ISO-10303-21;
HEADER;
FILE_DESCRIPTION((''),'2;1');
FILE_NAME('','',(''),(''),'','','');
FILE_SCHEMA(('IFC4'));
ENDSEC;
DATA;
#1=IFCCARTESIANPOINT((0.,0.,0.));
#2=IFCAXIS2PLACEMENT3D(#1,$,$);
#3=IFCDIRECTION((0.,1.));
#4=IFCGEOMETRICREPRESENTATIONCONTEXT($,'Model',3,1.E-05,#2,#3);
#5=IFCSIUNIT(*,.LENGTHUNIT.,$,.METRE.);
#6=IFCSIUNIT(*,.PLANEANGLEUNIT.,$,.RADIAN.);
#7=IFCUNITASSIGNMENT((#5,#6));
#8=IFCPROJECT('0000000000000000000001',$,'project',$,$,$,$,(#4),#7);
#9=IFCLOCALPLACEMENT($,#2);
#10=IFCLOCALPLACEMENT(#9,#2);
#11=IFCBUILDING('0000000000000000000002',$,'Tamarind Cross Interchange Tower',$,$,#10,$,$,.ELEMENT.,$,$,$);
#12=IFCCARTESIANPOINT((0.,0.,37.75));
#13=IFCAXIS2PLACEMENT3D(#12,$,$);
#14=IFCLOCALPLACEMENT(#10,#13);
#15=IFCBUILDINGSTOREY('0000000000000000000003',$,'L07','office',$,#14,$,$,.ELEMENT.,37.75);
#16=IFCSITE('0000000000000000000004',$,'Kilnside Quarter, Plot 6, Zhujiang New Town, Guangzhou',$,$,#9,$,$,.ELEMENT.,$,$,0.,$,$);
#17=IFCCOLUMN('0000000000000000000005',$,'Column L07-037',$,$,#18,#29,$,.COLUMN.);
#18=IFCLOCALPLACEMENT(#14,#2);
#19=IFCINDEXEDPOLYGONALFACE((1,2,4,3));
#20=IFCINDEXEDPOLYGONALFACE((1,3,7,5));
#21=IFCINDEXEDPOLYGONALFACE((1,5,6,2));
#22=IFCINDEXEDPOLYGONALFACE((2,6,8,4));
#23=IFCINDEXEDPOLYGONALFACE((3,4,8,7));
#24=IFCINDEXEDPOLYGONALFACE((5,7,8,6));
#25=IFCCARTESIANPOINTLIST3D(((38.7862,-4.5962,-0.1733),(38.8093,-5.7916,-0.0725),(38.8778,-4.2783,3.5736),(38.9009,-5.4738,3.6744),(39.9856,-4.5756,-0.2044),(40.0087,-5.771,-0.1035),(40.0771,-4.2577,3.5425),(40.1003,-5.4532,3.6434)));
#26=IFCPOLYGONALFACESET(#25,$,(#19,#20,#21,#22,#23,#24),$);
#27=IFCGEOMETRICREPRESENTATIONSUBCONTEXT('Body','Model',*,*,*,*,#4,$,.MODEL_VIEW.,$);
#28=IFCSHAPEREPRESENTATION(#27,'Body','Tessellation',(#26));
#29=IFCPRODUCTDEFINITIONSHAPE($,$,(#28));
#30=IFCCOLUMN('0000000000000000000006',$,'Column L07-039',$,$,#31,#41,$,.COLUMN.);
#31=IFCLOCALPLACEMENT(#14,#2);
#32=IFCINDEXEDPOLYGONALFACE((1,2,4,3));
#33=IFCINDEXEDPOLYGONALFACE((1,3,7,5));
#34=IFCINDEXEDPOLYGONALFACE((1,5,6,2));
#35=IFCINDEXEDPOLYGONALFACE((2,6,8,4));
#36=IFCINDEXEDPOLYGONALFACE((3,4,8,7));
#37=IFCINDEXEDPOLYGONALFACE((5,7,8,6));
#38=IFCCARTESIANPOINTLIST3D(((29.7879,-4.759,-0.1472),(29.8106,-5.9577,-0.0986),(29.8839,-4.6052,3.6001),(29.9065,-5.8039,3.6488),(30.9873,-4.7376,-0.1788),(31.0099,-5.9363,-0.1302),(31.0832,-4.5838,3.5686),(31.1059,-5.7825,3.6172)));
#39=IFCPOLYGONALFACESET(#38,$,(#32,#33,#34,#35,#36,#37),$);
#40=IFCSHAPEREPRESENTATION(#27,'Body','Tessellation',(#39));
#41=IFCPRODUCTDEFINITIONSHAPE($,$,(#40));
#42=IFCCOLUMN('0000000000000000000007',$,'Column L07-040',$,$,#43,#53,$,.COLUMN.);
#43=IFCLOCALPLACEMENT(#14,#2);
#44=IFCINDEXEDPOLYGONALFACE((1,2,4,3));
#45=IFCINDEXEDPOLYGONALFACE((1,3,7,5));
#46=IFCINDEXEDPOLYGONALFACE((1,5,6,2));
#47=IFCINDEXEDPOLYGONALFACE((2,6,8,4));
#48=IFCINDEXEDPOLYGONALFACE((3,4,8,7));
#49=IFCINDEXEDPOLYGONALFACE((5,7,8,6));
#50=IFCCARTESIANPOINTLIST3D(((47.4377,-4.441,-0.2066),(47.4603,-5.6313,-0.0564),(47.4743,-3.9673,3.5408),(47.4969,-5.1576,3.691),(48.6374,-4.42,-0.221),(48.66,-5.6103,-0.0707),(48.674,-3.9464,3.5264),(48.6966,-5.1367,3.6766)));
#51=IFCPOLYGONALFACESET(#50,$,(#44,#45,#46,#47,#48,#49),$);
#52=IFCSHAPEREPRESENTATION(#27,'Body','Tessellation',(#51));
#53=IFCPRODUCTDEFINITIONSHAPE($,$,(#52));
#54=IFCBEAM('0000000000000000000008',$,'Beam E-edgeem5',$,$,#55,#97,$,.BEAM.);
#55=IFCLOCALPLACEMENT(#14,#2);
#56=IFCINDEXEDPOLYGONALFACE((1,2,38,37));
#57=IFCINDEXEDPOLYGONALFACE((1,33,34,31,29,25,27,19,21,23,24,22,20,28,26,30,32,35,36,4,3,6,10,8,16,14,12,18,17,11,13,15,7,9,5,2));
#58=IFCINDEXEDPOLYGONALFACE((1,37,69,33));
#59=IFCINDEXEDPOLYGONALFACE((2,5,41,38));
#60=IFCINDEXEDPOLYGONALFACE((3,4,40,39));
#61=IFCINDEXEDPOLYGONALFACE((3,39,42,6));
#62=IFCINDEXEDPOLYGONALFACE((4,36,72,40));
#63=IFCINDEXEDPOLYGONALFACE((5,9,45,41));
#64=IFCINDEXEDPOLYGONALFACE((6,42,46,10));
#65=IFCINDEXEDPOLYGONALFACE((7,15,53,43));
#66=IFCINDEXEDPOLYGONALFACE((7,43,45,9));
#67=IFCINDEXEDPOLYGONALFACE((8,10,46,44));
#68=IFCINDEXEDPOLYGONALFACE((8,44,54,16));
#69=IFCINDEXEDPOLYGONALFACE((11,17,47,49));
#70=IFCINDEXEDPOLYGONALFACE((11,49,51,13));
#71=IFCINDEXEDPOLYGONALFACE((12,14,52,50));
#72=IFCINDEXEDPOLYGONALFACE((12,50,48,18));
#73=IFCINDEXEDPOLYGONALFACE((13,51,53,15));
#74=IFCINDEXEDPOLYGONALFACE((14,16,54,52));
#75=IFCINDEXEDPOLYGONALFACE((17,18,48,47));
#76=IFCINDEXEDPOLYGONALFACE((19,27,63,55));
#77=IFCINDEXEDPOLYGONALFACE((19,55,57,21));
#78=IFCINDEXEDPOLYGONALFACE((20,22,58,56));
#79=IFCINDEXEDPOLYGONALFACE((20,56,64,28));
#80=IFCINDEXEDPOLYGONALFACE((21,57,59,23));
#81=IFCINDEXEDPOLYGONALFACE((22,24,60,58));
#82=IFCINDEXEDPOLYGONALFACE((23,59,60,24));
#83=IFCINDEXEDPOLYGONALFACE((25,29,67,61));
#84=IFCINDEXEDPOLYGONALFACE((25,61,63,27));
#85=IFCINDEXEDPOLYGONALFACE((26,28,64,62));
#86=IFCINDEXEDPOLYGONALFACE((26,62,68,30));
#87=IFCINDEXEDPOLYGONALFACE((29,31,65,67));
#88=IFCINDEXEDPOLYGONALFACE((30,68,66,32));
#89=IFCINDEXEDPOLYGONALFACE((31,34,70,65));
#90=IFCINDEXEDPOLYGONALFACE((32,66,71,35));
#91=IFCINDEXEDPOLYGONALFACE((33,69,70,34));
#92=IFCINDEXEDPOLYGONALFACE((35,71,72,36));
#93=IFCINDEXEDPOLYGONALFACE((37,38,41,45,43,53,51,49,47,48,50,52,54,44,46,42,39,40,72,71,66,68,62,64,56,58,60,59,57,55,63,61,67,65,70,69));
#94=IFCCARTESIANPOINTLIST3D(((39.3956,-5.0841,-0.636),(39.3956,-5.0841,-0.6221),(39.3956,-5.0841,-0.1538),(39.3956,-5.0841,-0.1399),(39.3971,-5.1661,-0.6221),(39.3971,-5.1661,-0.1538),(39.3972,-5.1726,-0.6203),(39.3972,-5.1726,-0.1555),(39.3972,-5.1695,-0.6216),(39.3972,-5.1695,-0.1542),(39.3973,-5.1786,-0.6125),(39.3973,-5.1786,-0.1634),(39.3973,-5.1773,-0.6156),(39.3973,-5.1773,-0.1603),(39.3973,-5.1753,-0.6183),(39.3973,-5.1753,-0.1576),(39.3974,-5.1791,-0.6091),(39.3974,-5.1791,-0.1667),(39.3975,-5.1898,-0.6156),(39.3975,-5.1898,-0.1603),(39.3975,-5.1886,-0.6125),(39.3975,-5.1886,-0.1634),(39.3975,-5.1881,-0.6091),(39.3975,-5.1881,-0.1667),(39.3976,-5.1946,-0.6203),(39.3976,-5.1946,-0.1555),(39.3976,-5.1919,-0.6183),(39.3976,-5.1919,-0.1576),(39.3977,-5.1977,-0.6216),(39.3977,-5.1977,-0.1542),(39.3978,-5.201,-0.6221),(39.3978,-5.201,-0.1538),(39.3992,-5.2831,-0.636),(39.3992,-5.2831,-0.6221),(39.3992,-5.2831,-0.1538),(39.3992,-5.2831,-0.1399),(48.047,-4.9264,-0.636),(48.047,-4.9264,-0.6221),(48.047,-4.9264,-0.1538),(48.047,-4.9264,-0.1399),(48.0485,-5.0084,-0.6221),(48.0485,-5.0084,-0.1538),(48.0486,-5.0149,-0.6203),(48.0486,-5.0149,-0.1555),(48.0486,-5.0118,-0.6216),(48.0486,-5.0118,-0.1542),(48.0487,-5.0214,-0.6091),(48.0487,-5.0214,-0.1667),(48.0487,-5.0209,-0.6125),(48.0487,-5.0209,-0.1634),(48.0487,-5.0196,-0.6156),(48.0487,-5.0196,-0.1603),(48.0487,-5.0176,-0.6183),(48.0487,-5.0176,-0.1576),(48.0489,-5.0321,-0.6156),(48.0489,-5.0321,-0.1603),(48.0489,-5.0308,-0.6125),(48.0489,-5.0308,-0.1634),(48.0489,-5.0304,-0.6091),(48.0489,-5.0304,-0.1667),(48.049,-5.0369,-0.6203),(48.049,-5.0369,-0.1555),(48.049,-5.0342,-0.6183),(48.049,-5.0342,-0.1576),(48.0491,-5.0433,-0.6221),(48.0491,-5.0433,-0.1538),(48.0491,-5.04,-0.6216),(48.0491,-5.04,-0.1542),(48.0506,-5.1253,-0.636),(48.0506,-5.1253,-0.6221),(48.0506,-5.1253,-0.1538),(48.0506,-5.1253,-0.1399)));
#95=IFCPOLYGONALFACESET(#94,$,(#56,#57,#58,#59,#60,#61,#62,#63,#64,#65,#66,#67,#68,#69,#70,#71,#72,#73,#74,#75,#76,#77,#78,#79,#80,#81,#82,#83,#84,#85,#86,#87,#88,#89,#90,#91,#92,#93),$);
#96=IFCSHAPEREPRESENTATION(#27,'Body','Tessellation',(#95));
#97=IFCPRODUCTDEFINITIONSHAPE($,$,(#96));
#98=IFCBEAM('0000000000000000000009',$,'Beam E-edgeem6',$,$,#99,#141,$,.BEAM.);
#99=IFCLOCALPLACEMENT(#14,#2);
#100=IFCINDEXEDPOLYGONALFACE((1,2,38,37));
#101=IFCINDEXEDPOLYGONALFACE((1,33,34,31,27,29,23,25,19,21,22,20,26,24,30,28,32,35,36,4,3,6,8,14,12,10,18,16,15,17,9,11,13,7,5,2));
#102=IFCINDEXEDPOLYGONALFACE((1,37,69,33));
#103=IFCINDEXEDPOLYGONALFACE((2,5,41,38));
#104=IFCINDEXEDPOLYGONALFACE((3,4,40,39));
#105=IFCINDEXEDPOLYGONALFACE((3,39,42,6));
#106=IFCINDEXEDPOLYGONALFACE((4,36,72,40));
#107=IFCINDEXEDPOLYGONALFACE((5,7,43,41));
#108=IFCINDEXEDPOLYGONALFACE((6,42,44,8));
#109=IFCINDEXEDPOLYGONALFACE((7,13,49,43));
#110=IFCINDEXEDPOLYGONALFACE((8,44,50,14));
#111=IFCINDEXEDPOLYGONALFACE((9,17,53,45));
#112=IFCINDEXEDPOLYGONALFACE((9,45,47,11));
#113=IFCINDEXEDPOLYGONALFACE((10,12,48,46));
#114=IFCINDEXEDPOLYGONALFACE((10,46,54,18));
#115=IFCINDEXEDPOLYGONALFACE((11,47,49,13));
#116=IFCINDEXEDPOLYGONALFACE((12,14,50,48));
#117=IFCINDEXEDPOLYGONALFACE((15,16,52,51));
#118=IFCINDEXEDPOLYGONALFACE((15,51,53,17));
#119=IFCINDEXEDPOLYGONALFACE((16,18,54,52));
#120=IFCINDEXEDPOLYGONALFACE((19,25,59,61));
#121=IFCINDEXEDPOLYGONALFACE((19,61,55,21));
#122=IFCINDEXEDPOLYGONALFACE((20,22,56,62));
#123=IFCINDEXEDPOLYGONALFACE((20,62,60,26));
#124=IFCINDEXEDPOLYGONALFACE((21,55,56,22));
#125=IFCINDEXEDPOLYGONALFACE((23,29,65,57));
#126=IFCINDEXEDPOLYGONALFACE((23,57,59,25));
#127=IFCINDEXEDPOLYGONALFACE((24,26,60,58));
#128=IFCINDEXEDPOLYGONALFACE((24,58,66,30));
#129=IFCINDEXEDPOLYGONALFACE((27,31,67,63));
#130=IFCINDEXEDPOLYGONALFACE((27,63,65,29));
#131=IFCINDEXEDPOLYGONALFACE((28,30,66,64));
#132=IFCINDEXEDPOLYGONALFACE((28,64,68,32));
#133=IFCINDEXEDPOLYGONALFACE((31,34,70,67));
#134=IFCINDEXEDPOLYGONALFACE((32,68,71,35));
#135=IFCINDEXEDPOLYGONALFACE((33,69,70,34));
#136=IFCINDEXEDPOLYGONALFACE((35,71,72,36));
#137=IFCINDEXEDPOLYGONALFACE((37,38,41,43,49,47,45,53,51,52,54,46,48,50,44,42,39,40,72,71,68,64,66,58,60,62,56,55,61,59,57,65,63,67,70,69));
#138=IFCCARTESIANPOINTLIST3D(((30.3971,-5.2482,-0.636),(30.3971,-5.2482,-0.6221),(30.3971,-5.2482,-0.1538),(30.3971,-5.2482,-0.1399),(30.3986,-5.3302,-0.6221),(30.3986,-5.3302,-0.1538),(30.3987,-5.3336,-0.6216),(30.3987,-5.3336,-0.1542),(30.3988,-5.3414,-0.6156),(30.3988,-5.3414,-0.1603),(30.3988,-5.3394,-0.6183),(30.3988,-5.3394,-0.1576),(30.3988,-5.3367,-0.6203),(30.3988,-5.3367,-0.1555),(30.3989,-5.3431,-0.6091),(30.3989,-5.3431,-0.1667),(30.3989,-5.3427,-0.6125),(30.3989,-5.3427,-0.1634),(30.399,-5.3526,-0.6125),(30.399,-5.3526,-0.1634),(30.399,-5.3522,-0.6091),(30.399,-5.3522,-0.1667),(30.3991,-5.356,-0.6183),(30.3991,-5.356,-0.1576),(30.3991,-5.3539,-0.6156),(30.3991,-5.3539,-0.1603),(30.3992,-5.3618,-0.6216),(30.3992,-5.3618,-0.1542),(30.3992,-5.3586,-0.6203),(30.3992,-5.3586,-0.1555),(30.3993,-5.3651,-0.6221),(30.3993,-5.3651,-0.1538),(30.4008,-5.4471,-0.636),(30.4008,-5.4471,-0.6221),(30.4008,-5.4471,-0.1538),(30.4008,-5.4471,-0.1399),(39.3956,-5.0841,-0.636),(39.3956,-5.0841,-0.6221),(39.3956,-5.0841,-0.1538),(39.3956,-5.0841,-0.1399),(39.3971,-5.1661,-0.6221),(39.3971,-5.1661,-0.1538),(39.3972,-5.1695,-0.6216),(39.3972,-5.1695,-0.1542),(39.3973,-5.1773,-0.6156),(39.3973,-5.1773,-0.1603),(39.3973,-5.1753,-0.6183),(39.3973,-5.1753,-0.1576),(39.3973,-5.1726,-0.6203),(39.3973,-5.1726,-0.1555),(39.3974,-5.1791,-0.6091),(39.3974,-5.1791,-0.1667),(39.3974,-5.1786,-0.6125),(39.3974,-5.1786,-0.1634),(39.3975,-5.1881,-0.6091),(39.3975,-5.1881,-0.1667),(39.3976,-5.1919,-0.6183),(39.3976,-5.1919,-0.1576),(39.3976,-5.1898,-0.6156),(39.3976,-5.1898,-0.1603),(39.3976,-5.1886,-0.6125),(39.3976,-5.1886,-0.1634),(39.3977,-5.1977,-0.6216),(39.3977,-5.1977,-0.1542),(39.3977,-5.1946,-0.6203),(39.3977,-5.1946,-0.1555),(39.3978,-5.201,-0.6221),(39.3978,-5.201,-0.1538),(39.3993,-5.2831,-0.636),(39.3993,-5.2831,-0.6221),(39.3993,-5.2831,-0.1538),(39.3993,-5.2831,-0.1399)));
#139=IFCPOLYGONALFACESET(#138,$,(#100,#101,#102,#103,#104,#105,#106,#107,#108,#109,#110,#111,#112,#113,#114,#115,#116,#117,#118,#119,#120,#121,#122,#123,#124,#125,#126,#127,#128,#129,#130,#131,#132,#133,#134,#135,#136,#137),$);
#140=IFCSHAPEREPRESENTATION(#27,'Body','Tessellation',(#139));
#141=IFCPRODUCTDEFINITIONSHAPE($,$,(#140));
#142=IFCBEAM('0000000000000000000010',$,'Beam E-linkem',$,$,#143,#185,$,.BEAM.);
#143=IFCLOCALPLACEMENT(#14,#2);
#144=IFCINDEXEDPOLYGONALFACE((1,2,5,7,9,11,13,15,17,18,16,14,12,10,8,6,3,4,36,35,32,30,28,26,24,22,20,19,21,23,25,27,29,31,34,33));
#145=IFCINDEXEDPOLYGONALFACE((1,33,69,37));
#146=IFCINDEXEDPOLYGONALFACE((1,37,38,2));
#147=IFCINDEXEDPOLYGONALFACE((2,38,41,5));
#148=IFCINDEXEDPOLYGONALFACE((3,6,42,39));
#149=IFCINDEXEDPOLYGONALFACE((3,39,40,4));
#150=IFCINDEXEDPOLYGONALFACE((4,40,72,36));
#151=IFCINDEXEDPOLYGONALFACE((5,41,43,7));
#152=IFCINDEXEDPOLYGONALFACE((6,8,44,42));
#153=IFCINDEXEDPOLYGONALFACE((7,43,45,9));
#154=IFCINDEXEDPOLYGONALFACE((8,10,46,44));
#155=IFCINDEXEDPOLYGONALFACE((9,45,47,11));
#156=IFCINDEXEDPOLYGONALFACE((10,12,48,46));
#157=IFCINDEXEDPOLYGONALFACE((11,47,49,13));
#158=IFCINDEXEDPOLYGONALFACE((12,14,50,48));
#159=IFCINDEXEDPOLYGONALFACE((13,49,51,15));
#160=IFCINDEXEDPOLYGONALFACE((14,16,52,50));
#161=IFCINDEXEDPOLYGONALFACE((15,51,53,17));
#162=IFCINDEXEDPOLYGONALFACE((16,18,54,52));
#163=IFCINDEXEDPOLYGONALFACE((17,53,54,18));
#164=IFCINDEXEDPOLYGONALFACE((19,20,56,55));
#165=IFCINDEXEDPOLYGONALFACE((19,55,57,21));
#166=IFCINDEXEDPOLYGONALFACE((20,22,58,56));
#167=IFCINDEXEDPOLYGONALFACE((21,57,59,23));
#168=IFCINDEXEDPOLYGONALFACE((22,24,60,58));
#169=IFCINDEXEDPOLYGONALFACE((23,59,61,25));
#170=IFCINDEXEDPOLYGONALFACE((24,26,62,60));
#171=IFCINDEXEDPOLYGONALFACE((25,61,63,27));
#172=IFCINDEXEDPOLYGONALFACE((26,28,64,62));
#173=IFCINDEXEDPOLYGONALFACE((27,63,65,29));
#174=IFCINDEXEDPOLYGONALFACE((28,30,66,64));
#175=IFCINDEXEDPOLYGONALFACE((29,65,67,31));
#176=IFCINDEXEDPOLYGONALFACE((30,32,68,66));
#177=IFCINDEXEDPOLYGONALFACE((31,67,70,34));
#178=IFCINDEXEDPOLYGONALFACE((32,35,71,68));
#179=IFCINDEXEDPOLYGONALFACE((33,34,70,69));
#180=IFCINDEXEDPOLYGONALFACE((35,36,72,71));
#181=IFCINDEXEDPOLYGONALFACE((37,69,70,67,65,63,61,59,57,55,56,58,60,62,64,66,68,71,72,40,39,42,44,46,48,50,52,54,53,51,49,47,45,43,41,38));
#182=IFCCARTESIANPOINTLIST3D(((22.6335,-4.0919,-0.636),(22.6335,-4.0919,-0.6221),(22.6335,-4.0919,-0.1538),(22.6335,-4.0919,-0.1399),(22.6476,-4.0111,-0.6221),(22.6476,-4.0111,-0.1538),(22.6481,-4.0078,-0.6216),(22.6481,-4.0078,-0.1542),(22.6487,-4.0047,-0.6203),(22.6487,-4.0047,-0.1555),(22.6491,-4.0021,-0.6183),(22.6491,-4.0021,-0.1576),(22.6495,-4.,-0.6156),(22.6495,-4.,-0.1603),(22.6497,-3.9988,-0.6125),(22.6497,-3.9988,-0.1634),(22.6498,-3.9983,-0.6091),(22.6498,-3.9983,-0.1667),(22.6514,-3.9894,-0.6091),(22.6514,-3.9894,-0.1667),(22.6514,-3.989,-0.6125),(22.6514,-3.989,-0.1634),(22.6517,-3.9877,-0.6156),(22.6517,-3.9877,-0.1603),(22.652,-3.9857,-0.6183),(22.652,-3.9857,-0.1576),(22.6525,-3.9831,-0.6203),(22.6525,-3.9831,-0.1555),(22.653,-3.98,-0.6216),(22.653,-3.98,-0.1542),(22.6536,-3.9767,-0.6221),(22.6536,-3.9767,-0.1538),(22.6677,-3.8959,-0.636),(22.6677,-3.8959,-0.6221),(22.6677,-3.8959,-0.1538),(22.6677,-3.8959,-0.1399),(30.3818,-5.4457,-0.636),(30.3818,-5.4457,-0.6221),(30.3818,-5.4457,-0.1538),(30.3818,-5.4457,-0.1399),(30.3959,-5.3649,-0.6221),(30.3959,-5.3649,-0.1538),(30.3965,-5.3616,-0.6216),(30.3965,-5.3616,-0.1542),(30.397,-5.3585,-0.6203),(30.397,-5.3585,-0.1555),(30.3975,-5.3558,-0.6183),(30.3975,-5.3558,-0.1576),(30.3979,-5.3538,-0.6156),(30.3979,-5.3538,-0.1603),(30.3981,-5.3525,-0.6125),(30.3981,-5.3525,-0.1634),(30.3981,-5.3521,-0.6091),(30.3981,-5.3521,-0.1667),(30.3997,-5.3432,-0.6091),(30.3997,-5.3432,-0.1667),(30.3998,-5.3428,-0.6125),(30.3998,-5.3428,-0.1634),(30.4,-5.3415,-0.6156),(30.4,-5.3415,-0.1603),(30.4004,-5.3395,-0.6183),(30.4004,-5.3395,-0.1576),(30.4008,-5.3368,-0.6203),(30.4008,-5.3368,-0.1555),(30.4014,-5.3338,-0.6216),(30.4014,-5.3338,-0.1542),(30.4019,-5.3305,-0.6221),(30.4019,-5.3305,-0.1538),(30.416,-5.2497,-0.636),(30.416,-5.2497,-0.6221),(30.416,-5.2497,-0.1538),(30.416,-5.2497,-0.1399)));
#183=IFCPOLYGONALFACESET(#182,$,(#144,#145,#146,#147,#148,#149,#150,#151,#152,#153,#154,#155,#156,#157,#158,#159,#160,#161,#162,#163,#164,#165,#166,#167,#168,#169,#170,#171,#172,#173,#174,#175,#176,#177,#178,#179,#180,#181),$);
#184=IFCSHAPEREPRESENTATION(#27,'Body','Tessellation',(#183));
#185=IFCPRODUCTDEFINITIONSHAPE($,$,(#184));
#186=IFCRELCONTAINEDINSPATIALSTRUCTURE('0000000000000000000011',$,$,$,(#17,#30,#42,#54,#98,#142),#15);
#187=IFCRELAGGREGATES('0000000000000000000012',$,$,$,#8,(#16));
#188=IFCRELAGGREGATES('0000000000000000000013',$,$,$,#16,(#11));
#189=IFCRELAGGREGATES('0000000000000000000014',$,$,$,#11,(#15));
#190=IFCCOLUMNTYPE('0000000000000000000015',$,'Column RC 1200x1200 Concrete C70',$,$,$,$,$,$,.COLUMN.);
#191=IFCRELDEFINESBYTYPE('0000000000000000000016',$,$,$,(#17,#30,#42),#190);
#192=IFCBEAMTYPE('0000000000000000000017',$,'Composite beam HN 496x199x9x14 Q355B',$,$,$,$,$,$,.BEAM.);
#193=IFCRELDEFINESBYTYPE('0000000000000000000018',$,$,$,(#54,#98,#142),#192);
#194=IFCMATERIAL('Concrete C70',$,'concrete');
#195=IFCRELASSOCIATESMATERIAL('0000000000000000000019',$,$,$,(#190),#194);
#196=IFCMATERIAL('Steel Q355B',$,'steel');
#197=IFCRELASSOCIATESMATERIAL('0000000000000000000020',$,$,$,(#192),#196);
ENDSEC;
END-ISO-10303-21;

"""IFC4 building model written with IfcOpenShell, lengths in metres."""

from ifc_helpers import new_model, si_unit, direction, frame, origin, origin_2d, place, context, subcontext, project, spatial, rectangle, i_section, extrude, material, material_profile, profile_set, type_object, element, save


model = new_model("IFC4")

# Units and contexts
model_context = context("Model", 3, precision=1e-05, world=origin(), true_north=direction((0.0, 1.0)))
body_context = subcontext(model_context, "Body", "Model", "MODEL_VIEW")
ifc_project = project(units=[si_unit("LENGTHUNIT", "METRE"), si_unit("PLANEANGLEUNIT", "RADIAN")], contexts=[model_context])

# Site, building, storey
site_placement = place(None, origin())
site = spatial("IfcSite", under=ifc_project, at=site_placement, Name="Kilnside Quarter, Plot 6, Zhujiang New Town, Guangzhou", CompositionType="ELEMENT", RefElevation=0.0)
building_placement = place(site_placement, origin())
building = spatial("IfcBuilding", under=site, at=building_placement, Name="Tamarind Cross Interchange Tower", CompositionType="ELEMENT")
storey_placement = place(building_placement, frame((0.0, 0.0, 37.75)))
storey = spatial("IfcBuildingStorey", under=building, at=storey_placement, Name="L07", Description="office", CompositionType="ELEMENT", Elevation=37.75)

# Columns
ifc_material_1 = material(Name="Concrete C70", Category="concrete")
ifc_material_profile_1 = material_profile(ifc_material_1, rectangle(XDim=1.2, YDim=1.2, at=origin_2d()), Name="RC 1200x1200")
ifc_profile_set_1 = profile_set([ifc_material_profile_1], Name="Concrete C70")
column_type = type_object("IfcColumnType", Name="Column RC 1200x1200 Concrete C70", PredefinedType="COLUMN", material=ifc_profile_set_1)
column_1_placement = place(storey_placement, frame((39.3975, -5.1836, -0.1384), z_axis=(0.02434, 0.084509, 0.996125), x_axis=(-0.999518, -0.017171, 0.02588)))
element("IfcColumn", 1, at=column_1_placement, inside=storey, type_object=column_type, Name="Column L07-037", PredefinedType="COLUMN", context=body_context, shape_type="SweptSolid", body=[
    extrude(rectangle(XDim=1.2, YDim=1.2, at=origin_2d()), origin(), (0.0, 0.0, 1.0), 3.7615),
])
column_2_placement = place(storey_placement, frame((30.3989, -5.3477, -0.1387), z_axis=(0.025574, 0.040997, 0.998832), x_axis=(-0.999495, -0.017816, 0.026323)))
element("IfcColumn", 2, at=column_2_placement, inside=storey, type_object=column_type, Name="Column L07-039", PredefinedType="COLUMN", context=body_context, shape_type="SweptSolid", body=[
    extrude(rectangle(XDim=1.2, YDim=1.2, at=origin_2d()), origin(), (0.0, 0.0, 1.0), 3.7517),
])
column_3_placement = place(storey_placement, frame((48.0488, -5.0256, -0.1387), z_axis=(0.009695, 0.125389, 0.99206), x_axis=(-0.999776, -0.017448, 0.011976)))
element("IfcColumn", 3, at=column_3_placement, inside=storey, type_object=column_type, Name="Column L07-040", PredefinedType="COLUMN", context=body_context, shape_type="SweptSolid", body=[
    extrude(rectangle(XDim=1.2, YDim=1.2, at=origin_2d()), origin(), (0.0, 0.0, 1.0), 3.7773),
])

# Beams
ifc_material_2 = material(Name="Steel Q355B", Category="steel")
ifc_material_profile_2 = material_profile(ifc_material_2, i_section(OverallWidth=0.199, OverallDepth=0.4961, WebThickness=0.009, FlangeThickness=0.0139, FilletRadius=0.0129, at=origin_2d()), Name="HN 496x199x9x14")
ifc_profile_set_2 = profile_set([ifc_material_profile_2], Name="Steel Q355B")
beam_type_1 = type_object("IfcBeamType", Name="Composite beam HN 496x199x9x14 Q355B", PredefinedType="BEAM", material=ifc_profile_set_2)
beam_1_placement = place(storey_placement, frame((48.0488, -5.0259, -0.3879), z_axis=(-0.999834, -0.018227, 0.0), x_axis=(0.018227, -0.999834, 0.0)))
element("IfcBeam", 4, at=beam_1_placement, inside=storey, type_object=beam_type_1, Name="Beam E-edgeem5", PredefinedType="BEAM", context=body_context, shape_type="SweptSolid", body=[
    extrude(i_section(OverallWidth=0.199, OverallDepth=0.4961, WebThickness=0.009, FlangeThickness=0.0139, FilletRadius=0.0129, at=origin_2d()), origin(), (0.0, 0.0, 1.0), 8.6528),
])
beam_2_placement = place(storey_placement, frame((39.3975, -5.1836, -0.3879), z_axis=(-0.999834, -0.018229, 0.0), x_axis=(0.018229, -0.999834, 0.0)))
element("IfcBeam", 5, at=beam_2_placement, inside=storey, type_object=beam_type_1, Name="Beam E-edgeem6", PredefinedType="BEAM", context=body_context, shape_type="SweptSolid", body=[
    extrude(i_section(OverallWidth=0.199, OverallDepth=0.4961, WebThickness=0.009, FlangeThickness=0.0139, FilletRadius=0.0129, at=origin_2d()), origin(), (0.0, 0.0, 1.0), 9.0),
])
beam_3_placement = place(storey_placement, frame((30.3989, -5.3477, -0.3879), z_axis=(-0.985078, 0.17211, 0.0), x_axis=(-0.17211, -0.985078, 0.0)))
element("IfcBeam", 6, at=beam_3_placement, inside=storey, type_object=beam_type_1, Name="Beam E-linkem", PredefinedType="BEAM", context=body_context, shape_type="SweptSolid", body=[
    extrude(i_section(OverallWidth=0.199, OverallDepth=0.4961, WebThickness=0.009, FlangeThickness=0.0139, FilletRadius=0.0129, at=origin_2d()), origin(), (0.0, 0.0, 1.0), 7.8657),
])

save(model, "model.ifc")
